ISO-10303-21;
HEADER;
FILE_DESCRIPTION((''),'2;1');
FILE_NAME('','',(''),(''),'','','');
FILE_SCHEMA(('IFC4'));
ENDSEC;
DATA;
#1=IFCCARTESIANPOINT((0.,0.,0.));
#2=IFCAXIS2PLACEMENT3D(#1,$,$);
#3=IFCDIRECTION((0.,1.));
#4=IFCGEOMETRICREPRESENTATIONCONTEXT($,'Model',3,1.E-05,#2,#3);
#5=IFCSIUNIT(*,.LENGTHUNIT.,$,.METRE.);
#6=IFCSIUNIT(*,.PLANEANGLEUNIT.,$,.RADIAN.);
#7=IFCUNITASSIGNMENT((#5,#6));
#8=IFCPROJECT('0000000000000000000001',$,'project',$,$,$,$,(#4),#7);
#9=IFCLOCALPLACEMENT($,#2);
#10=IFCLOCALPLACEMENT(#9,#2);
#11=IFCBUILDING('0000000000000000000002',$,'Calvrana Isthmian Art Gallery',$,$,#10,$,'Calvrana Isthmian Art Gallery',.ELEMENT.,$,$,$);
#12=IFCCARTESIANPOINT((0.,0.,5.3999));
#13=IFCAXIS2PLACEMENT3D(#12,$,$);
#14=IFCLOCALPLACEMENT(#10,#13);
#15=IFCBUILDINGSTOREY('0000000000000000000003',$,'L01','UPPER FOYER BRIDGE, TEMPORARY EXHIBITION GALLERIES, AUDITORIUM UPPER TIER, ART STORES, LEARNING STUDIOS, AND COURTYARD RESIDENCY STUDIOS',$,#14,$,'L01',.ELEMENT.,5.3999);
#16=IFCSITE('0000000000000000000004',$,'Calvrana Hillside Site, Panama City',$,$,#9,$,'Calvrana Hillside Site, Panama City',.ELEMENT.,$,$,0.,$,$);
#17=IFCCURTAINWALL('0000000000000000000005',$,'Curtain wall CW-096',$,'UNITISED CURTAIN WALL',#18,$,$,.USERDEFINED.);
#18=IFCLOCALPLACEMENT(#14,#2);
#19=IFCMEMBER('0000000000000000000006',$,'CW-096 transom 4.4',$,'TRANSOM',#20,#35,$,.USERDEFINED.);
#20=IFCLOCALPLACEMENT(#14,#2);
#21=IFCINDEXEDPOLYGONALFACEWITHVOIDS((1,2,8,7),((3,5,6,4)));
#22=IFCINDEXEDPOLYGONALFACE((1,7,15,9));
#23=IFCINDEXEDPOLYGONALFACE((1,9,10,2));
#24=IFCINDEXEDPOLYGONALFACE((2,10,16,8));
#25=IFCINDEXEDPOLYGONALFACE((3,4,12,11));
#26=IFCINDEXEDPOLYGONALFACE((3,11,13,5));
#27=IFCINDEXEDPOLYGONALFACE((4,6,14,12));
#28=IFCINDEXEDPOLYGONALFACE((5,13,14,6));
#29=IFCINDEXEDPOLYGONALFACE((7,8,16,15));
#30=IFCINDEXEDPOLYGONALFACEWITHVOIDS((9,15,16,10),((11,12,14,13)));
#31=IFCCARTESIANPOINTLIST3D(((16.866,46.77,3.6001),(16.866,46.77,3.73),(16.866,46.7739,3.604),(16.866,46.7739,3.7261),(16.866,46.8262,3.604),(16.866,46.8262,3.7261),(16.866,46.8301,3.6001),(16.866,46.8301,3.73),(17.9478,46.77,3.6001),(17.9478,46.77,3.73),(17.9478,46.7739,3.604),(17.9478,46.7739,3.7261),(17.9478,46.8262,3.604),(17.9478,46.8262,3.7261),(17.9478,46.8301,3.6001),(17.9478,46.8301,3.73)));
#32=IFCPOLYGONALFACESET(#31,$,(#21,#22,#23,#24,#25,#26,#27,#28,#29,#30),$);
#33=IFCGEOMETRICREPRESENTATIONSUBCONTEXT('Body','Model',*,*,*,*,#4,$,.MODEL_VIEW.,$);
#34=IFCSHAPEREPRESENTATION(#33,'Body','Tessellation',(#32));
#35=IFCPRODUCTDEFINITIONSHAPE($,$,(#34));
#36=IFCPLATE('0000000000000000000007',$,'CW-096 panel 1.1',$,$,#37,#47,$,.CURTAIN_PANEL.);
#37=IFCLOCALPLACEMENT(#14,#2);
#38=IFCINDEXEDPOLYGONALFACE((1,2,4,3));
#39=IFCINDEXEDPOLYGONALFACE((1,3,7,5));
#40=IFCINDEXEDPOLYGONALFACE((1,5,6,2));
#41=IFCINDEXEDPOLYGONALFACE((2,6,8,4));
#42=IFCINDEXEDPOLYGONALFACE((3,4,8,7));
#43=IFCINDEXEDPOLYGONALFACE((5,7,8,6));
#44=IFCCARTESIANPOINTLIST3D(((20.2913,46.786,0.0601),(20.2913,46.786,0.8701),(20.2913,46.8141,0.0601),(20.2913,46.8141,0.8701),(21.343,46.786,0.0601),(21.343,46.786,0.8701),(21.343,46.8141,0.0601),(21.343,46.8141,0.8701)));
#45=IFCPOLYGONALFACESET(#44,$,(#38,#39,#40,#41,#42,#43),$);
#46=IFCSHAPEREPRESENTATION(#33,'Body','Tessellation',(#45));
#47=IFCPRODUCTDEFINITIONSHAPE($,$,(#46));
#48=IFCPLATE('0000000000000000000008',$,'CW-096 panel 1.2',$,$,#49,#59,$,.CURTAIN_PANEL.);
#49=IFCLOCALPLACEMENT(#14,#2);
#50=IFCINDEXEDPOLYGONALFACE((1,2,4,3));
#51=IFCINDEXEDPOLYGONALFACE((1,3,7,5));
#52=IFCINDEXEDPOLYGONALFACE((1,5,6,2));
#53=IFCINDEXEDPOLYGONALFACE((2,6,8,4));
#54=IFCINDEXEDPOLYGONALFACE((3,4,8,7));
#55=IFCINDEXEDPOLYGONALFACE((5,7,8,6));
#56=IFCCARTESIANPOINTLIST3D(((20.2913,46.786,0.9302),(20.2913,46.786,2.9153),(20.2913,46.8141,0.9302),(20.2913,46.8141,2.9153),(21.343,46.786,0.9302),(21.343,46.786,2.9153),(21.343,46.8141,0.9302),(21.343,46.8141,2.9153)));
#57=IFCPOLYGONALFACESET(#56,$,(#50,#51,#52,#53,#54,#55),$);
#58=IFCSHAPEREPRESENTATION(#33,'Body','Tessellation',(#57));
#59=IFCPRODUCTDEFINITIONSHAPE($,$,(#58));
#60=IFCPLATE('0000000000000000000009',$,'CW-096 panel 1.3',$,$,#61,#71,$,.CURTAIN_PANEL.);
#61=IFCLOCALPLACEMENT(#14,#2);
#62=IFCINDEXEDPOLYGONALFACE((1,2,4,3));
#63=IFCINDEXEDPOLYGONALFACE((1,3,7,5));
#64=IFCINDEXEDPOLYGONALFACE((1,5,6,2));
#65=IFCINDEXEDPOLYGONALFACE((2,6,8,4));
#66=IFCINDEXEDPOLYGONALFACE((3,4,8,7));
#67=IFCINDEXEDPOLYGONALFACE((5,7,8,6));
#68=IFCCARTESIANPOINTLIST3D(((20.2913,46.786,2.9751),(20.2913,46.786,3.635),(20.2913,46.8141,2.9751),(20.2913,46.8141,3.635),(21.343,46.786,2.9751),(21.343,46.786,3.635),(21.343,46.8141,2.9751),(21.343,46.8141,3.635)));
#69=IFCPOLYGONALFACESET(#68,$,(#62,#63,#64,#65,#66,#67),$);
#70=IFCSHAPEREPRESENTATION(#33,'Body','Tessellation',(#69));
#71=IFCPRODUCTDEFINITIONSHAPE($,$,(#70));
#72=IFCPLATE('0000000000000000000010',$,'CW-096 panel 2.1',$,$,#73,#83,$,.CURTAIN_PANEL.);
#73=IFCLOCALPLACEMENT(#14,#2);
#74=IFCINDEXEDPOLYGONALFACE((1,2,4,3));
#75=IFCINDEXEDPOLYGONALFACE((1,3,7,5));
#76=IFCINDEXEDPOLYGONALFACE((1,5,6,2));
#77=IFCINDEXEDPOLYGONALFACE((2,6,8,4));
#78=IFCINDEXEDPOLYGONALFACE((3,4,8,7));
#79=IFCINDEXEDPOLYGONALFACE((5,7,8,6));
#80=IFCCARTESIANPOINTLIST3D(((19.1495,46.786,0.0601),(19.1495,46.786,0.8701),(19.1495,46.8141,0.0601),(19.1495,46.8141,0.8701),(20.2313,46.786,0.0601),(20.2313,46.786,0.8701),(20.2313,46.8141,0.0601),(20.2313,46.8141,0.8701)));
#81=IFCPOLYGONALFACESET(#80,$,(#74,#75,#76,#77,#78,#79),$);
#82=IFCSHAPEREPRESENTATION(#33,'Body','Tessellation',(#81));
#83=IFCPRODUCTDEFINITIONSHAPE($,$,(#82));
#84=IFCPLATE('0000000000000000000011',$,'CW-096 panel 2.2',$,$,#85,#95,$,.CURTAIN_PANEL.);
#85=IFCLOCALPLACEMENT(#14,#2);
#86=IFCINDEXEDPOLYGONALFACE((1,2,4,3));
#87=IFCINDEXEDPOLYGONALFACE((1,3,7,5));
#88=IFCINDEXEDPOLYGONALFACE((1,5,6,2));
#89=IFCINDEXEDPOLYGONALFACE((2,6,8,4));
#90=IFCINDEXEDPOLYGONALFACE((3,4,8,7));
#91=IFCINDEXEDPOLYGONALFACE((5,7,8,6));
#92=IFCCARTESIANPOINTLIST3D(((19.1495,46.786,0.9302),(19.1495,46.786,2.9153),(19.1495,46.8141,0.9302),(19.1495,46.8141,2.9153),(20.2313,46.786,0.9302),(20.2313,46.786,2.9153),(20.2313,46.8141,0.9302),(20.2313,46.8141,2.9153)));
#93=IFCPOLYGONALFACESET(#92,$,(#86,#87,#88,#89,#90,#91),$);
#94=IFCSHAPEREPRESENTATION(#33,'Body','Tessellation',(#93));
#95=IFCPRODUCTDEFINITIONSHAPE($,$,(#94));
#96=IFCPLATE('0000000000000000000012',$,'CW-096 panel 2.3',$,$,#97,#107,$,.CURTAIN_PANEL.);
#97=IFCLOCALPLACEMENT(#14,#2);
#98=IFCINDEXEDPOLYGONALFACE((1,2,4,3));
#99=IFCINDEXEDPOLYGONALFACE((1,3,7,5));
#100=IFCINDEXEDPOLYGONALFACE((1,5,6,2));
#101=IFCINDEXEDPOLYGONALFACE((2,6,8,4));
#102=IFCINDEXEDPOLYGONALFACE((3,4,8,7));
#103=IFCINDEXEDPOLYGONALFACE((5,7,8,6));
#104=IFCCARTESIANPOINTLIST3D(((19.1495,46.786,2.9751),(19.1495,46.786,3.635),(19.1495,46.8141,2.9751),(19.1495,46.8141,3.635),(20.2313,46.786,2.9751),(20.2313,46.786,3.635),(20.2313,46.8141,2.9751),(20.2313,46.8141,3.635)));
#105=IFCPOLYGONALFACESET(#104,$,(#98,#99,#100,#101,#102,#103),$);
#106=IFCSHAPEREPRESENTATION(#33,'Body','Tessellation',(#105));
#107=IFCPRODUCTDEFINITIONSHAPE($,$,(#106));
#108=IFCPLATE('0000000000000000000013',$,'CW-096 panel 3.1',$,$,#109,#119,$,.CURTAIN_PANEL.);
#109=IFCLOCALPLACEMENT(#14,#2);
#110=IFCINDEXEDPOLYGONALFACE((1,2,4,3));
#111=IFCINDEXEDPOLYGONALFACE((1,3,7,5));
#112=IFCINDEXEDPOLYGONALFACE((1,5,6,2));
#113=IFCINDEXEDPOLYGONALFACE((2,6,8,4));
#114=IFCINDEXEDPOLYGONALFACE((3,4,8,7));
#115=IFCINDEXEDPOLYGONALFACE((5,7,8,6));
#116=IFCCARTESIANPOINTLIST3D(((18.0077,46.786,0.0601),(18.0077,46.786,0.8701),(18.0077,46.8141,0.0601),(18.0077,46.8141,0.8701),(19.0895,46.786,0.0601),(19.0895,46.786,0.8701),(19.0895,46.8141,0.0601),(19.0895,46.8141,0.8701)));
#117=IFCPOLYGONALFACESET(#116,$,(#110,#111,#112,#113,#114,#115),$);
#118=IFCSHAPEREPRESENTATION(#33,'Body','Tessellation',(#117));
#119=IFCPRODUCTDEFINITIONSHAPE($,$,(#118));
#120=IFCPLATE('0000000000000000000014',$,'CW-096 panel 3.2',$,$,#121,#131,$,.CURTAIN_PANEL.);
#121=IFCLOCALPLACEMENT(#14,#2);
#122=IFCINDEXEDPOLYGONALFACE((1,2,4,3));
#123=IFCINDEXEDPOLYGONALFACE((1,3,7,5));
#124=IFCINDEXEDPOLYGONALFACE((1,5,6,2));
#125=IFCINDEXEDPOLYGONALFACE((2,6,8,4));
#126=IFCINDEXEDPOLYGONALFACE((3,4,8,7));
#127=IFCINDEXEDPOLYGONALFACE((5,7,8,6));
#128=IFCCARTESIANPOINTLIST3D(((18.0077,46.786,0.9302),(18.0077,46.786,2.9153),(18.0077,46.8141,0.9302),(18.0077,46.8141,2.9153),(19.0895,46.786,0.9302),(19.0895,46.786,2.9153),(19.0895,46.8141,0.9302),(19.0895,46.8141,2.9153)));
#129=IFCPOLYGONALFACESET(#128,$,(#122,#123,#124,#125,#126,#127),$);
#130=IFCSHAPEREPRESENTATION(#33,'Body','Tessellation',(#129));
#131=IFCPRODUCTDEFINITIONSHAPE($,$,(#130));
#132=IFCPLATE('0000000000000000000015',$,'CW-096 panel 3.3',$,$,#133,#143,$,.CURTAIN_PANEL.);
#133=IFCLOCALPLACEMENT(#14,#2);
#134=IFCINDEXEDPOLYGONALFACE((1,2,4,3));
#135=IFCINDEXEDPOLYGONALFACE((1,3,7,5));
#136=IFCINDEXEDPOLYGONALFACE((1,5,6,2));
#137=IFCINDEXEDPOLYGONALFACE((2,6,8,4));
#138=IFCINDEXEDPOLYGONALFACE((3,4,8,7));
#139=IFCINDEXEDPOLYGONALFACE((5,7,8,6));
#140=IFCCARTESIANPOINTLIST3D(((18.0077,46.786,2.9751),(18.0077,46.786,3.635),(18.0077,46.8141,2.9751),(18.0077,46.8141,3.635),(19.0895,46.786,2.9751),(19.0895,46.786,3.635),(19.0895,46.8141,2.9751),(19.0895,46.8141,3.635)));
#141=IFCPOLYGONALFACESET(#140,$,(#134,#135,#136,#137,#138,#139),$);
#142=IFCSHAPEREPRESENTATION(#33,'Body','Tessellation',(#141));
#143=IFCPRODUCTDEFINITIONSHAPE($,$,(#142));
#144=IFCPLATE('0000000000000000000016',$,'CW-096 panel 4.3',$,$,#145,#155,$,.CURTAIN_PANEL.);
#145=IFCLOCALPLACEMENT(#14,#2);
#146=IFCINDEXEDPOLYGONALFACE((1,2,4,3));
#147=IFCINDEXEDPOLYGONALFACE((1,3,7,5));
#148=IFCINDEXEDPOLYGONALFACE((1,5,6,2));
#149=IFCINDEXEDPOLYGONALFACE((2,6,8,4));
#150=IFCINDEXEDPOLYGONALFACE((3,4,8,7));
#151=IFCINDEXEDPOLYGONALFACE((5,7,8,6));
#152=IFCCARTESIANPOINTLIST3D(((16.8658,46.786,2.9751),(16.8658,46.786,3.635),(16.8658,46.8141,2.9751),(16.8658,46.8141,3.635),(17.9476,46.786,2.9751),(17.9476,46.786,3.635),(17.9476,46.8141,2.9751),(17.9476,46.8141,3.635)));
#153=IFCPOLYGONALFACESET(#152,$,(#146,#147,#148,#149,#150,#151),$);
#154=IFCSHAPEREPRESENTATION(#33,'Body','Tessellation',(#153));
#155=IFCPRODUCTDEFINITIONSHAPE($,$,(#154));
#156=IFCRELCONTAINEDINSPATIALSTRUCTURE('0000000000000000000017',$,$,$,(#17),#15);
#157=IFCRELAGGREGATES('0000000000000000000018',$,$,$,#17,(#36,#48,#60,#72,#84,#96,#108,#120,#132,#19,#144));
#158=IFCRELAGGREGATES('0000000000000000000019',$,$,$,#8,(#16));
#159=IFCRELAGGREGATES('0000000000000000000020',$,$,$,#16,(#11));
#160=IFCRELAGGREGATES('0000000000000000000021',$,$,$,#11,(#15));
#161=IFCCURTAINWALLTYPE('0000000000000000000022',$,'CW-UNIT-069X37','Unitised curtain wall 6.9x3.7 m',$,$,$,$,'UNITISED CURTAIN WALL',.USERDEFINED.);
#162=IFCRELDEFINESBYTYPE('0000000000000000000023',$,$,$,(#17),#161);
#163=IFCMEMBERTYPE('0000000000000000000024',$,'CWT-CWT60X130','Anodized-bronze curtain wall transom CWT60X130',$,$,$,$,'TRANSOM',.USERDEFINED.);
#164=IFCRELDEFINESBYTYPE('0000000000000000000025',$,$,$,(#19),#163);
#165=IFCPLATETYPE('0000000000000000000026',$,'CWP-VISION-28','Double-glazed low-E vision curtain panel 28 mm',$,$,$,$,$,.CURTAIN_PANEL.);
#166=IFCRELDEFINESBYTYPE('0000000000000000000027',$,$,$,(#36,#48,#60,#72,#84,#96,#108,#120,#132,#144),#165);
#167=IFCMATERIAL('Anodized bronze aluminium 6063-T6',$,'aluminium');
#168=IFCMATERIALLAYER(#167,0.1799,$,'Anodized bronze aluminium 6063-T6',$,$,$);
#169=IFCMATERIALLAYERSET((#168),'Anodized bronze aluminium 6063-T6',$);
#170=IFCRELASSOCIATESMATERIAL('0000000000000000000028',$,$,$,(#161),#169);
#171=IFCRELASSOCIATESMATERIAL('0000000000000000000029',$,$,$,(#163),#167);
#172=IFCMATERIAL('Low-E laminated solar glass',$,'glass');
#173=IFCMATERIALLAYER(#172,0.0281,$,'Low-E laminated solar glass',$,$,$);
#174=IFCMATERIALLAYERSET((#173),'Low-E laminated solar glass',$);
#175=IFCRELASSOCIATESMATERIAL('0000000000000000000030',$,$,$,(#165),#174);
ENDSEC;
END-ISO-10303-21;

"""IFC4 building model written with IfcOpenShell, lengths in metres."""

from ifc_helpers import new_model, si_unit, direction, frame, origin, origin_2d, place, context, subcontext, project, spatial, rectangle, hollow_rectangle, extrude, material, layer, layer_set, material_profile, profile_set, type_object, element, aggregate, save


model = new_model("IFC4")

# Units and contexts
model_context = context("Model", 3, precision=1e-05, world=origin(), true_north=direction((0.0, 1.0)))
body_context = subcontext(model_context, "Body", "Model", "MODEL_VIEW")
ifc_project = project(units=[si_unit("LENGTHUNIT", "METRE"), si_unit("PLANEANGLEUNIT", "RADIAN")], contexts=[model_context])

# Site, building, storey
site_placement = place(None, origin())
site = spatial("IfcSite", under=ifc_project, at=site_placement, Name="Calvrana Hillside Site, Panama City", LongName="Calvrana Hillside Site, Panama City", CompositionType="ELEMENT", RefElevation=0.0)
building_placement = place(site_placement, origin())
building = spatial("IfcBuilding", under=site, at=building_placement, Name="Calvrana Isthmian Art Gallery", LongName="Calvrana Isthmian Art Gallery", CompositionType="ELEMENT")
storey_placement = place(building_placement, frame((0.0, 0.0, 5.3999)))
storey = spatial("IfcBuildingStorey", under=building, at=storey_placement, Name="L01", Description="UPPER FOYER BRIDGE, TEMPORARY EXHIBITION GALLERIES, AUDITORIUM UPPER TIER, ART STORES, LEARNING STUDIOS, AND COURTYARD RESIDENCY STUDIOS", LongName="L01", CompositionType="ELEMENT", Elevation=5.3999)

# Curtain wall, member, plates
ifc_material_1 = material(Name="Anodized bronze aluminium 6063-T6", Category="aluminium")
ifc_layer_1 = layer(ifc_material_1, 0.1799, Name="Anodized bronze aluminium 6063-T6")
ifc_layer_set_1 = layer_set([ifc_layer_1], Name="Anodized bronze aluminium 6063-T6")
curtain_wall_type = type_object("IfcCurtainWallType", Name="CW-UNIT-069X37", Description="Unitised curtain wall 6.9x3.7 m", ElementType="UNITISED CURTAIN WALL", PredefinedType="USERDEFINED", material=ifc_layer_set_1)
curtain_wall_placement = place(storey_placement, origin())
curtain_wall = element("IfcCurtainWall", 1, at=curtain_wall_placement, inside=storey, type_object=curtain_wall_type, Name="Curtain wall CW-096", ObjectType="UNITISED CURTAIN WALL", PredefinedType="USERDEFINED")
ifc_material_profile_1 = material_profile(ifc_material_1, hollow_rectangle(XDim=0.0601, YDim=0.1299, WallThickness=0.0039, at=origin_2d()), Name="CWT60X130")
ifc_profile_set_1 = profile_set([ifc_material_profile_1], Name="Anodized bronze aluminium 6063-T6")
member_type_1 = type_object("IfcMemberType", Name="CWT-CWT60X130", Description="Anodized-bronze curtain wall transom CWT60X130", ElementType="TRANSOM", PredefinedType="USERDEFINED", material=ifc_profile_set_1)
member_1_placement = place(storey_placement, frame((17.9478, 46.8, 3.665), z_axis=(-1.0, 0.0, 0.0), x_axis=(0.0, -1.0, 0.0)))
member_1 = element("IfcMember", 2, at=member_1_placement, type_object=member_type_1, Name="CW-096 transom 4.4", ObjectType="TRANSOM", PredefinedType="USERDEFINED", context=body_context, shape_type="SweptSolid", body=[
    extrude(hollow_rectangle(XDim=0.0601, YDim=0.1299, WallThickness=0.0039, at=origin_2d()), origin(), (0.0, 0.0, 1.0), 1.0818),
])
ifc_material_2 = material(Name="Low-E laminated solar glass", Category="glass")
ifc_layer_2 = layer(ifc_material_2, 0.0281, Name="Low-E laminated solar glass")
ifc_layer_set_2 = layer_set([ifc_layer_2], Name="Low-E laminated solar glass")
plate_type = type_object("IfcPlateType", Name="CWP-VISION-28", Description="Double-glazed low-E vision curtain panel 28 mm", PredefinedType="CURTAIN_PANEL", material=ifc_layer_set_2)
plate_1_placement = place(storey_placement, frame((20.8171, 46.8, 0.0601), z_axis=(0.0, 0.0, 1.0), x_axis=(-1.0, 0.0, 0.0)))
plate_1 = element("IfcPlate", 3, at=plate_1_placement, type_object=plate_type, Name="CW-096 panel 1.1", PredefinedType="CURTAIN_PANEL", context=body_context, shape_type="SweptSolid", body=[
    extrude(rectangle(XDim=1.0518, YDim=0.0281, at=origin_2d()), origin(), (0.0, 0.0, 1.0), 0.8101),
])
plate_2_placement = place(storey_placement, frame((20.8171, 46.8, 0.9302), z_axis=(0.0, 0.0, 1.0), x_axis=(-1.0, 0.0, 0.0)))
plate_2 = element("IfcPlate", 4, at=plate_2_placement, type_object=plate_type, Name="CW-096 panel 1.2", PredefinedType="CURTAIN_PANEL", context=body_context, shape_type="SweptSolid", body=[
    extrude(rectangle(XDim=1.0518, YDim=0.0281, at=origin_2d()), origin(), (0.0, 0.0, 1.0), 1.9851),
])
plate_3_placement = place(storey_placement, frame((20.8171, 46.8, 2.9751), z_axis=(0.0, 0.0, 1.0), x_axis=(-1.0, 0.0, 0.0)))
plate_3 = element("IfcPlate", 5, at=plate_3_placement, type_object=plate_type, Name="CW-096 panel 1.3", PredefinedType="CURTAIN_PANEL", context=body_context, shape_type="SweptSolid", body=[
    extrude(rectangle(XDim=1.0518, YDim=0.0281, at=origin_2d()), origin(), (0.0, 0.0, 1.0), 0.6599),
])
plate_4_placement = place(storey_placement, frame((19.6904, 46.8, 0.0601), z_axis=(0.0, 0.0, 1.0), x_axis=(-1.0, 0.0, 0.0)))
plate_4 = element("IfcPlate", 6, at=plate_4_placement, type_object=plate_type, Name="CW-096 panel 2.1", PredefinedType="CURTAIN_PANEL", context=body_context, shape_type="SweptSolid", body=[
    extrude(rectangle(XDim=1.0818, YDim=0.0281, at=origin_2d()), origin(), (0.0, 0.0, 1.0), 0.8101),
])
plate_5_placement = place(storey_placement, frame((19.6904, 46.8, 0.9302), z_axis=(0.0, 0.0, 1.0), x_axis=(-1.0, 0.0, 0.0)))
plate_5 = element("IfcPlate", 7, at=plate_5_placement, type_object=plate_type, Name="CW-096 panel 2.2", PredefinedType="CURTAIN_PANEL", context=body_context, shape_type="SweptSolid", body=[
    extrude(rectangle(XDim=1.0818, YDim=0.0281, at=origin_2d()), origin(), (0.0, 0.0, 1.0), 1.9851),
])
plate_6_placement = place(storey_placement, frame((19.6904, 46.8, 2.9751), z_axis=(0.0, 0.0, 1.0), x_axis=(-1.0, 0.0, 0.0)))
plate_6 = element("IfcPlate", 8, at=plate_6_placement, type_object=plate_type, Name="CW-096 panel 2.3", PredefinedType="CURTAIN_PANEL", context=body_context, shape_type="SweptSolid", body=[
    extrude(rectangle(XDim=1.0818, YDim=0.0281, at=origin_2d()), origin(), (0.0, 0.0, 1.0), 0.6599),
])
plate_7_placement = place(storey_placement, frame((18.5486, 46.8, 0.0601), z_axis=(0.0, 0.0, 1.0), x_axis=(-1.0, 0.0, 0.0)))
plate_7 = element("IfcPlate", 9, at=plate_7_placement, type_object=plate_type, Name="CW-096 panel 3.1", PredefinedType="CURTAIN_PANEL", context=body_context, shape_type="SweptSolid", body=[
    extrude(rectangle(XDim=1.0818, YDim=0.0281, at=origin_2d()), origin(), (0.0, 0.0, 1.0), 0.8101),
])
plate_8_placement = place(storey_placement, frame((18.5486, 46.8, 0.9302), z_axis=(0.0, 0.0, 1.0), x_axis=(-1.0, 0.0, 0.0)))
plate_8 = element("IfcPlate", 10, at=plate_8_placement, type_object=plate_type, Name="CW-096 panel 3.2", PredefinedType="CURTAIN_PANEL", context=body_context, shape_type="SweptSolid", body=[
    extrude(rectangle(XDim=1.0818, YDim=0.0281, at=origin_2d()), origin(), (0.0, 0.0, 1.0), 1.9851),
])
plate_9_placement = place(storey_placement, frame((18.5486, 46.8, 2.9751), z_axis=(0.0, 0.0, 1.0), x_axis=(-1.0, 0.0, 0.0)))
plate_9 = element("IfcPlate", 11, at=plate_9_placement, type_object=plate_type, Name="CW-096 panel 3.3", PredefinedType="CURTAIN_PANEL", context=body_context, shape_type="SweptSolid", body=[
    extrude(rectangle(XDim=1.0818, YDim=0.0281, at=origin_2d()), origin(), (0.0, 0.0, 1.0), 0.6599),
])
plate_10_placement = place(storey_placement, frame((17.4067, 46.8, 2.9751), z_axis=(0.0, 0.0, 1.0), x_axis=(-1.0, 0.0, 0.0)))
plate_10 = element("IfcPlate", 12, at=plate_10_placement, type_object=plate_type, Name="CW-096 panel 4.3", PredefinedType="CURTAIN_PANEL", context=body_context, shape_type="SweptSolid", body=[
    extrude(rectangle(XDim=1.0818, YDim=0.0281, at=origin_2d()), origin(), (0.0, 0.0, 1.0), 0.6599),
])
aggregate(curtain_wall, [plate_1, plate_2, plate_3, plate_4, plate_5, plate_6, plate_7, plate_8, plate_9, member_1, plate_10])

save(model, "model.ifc")
